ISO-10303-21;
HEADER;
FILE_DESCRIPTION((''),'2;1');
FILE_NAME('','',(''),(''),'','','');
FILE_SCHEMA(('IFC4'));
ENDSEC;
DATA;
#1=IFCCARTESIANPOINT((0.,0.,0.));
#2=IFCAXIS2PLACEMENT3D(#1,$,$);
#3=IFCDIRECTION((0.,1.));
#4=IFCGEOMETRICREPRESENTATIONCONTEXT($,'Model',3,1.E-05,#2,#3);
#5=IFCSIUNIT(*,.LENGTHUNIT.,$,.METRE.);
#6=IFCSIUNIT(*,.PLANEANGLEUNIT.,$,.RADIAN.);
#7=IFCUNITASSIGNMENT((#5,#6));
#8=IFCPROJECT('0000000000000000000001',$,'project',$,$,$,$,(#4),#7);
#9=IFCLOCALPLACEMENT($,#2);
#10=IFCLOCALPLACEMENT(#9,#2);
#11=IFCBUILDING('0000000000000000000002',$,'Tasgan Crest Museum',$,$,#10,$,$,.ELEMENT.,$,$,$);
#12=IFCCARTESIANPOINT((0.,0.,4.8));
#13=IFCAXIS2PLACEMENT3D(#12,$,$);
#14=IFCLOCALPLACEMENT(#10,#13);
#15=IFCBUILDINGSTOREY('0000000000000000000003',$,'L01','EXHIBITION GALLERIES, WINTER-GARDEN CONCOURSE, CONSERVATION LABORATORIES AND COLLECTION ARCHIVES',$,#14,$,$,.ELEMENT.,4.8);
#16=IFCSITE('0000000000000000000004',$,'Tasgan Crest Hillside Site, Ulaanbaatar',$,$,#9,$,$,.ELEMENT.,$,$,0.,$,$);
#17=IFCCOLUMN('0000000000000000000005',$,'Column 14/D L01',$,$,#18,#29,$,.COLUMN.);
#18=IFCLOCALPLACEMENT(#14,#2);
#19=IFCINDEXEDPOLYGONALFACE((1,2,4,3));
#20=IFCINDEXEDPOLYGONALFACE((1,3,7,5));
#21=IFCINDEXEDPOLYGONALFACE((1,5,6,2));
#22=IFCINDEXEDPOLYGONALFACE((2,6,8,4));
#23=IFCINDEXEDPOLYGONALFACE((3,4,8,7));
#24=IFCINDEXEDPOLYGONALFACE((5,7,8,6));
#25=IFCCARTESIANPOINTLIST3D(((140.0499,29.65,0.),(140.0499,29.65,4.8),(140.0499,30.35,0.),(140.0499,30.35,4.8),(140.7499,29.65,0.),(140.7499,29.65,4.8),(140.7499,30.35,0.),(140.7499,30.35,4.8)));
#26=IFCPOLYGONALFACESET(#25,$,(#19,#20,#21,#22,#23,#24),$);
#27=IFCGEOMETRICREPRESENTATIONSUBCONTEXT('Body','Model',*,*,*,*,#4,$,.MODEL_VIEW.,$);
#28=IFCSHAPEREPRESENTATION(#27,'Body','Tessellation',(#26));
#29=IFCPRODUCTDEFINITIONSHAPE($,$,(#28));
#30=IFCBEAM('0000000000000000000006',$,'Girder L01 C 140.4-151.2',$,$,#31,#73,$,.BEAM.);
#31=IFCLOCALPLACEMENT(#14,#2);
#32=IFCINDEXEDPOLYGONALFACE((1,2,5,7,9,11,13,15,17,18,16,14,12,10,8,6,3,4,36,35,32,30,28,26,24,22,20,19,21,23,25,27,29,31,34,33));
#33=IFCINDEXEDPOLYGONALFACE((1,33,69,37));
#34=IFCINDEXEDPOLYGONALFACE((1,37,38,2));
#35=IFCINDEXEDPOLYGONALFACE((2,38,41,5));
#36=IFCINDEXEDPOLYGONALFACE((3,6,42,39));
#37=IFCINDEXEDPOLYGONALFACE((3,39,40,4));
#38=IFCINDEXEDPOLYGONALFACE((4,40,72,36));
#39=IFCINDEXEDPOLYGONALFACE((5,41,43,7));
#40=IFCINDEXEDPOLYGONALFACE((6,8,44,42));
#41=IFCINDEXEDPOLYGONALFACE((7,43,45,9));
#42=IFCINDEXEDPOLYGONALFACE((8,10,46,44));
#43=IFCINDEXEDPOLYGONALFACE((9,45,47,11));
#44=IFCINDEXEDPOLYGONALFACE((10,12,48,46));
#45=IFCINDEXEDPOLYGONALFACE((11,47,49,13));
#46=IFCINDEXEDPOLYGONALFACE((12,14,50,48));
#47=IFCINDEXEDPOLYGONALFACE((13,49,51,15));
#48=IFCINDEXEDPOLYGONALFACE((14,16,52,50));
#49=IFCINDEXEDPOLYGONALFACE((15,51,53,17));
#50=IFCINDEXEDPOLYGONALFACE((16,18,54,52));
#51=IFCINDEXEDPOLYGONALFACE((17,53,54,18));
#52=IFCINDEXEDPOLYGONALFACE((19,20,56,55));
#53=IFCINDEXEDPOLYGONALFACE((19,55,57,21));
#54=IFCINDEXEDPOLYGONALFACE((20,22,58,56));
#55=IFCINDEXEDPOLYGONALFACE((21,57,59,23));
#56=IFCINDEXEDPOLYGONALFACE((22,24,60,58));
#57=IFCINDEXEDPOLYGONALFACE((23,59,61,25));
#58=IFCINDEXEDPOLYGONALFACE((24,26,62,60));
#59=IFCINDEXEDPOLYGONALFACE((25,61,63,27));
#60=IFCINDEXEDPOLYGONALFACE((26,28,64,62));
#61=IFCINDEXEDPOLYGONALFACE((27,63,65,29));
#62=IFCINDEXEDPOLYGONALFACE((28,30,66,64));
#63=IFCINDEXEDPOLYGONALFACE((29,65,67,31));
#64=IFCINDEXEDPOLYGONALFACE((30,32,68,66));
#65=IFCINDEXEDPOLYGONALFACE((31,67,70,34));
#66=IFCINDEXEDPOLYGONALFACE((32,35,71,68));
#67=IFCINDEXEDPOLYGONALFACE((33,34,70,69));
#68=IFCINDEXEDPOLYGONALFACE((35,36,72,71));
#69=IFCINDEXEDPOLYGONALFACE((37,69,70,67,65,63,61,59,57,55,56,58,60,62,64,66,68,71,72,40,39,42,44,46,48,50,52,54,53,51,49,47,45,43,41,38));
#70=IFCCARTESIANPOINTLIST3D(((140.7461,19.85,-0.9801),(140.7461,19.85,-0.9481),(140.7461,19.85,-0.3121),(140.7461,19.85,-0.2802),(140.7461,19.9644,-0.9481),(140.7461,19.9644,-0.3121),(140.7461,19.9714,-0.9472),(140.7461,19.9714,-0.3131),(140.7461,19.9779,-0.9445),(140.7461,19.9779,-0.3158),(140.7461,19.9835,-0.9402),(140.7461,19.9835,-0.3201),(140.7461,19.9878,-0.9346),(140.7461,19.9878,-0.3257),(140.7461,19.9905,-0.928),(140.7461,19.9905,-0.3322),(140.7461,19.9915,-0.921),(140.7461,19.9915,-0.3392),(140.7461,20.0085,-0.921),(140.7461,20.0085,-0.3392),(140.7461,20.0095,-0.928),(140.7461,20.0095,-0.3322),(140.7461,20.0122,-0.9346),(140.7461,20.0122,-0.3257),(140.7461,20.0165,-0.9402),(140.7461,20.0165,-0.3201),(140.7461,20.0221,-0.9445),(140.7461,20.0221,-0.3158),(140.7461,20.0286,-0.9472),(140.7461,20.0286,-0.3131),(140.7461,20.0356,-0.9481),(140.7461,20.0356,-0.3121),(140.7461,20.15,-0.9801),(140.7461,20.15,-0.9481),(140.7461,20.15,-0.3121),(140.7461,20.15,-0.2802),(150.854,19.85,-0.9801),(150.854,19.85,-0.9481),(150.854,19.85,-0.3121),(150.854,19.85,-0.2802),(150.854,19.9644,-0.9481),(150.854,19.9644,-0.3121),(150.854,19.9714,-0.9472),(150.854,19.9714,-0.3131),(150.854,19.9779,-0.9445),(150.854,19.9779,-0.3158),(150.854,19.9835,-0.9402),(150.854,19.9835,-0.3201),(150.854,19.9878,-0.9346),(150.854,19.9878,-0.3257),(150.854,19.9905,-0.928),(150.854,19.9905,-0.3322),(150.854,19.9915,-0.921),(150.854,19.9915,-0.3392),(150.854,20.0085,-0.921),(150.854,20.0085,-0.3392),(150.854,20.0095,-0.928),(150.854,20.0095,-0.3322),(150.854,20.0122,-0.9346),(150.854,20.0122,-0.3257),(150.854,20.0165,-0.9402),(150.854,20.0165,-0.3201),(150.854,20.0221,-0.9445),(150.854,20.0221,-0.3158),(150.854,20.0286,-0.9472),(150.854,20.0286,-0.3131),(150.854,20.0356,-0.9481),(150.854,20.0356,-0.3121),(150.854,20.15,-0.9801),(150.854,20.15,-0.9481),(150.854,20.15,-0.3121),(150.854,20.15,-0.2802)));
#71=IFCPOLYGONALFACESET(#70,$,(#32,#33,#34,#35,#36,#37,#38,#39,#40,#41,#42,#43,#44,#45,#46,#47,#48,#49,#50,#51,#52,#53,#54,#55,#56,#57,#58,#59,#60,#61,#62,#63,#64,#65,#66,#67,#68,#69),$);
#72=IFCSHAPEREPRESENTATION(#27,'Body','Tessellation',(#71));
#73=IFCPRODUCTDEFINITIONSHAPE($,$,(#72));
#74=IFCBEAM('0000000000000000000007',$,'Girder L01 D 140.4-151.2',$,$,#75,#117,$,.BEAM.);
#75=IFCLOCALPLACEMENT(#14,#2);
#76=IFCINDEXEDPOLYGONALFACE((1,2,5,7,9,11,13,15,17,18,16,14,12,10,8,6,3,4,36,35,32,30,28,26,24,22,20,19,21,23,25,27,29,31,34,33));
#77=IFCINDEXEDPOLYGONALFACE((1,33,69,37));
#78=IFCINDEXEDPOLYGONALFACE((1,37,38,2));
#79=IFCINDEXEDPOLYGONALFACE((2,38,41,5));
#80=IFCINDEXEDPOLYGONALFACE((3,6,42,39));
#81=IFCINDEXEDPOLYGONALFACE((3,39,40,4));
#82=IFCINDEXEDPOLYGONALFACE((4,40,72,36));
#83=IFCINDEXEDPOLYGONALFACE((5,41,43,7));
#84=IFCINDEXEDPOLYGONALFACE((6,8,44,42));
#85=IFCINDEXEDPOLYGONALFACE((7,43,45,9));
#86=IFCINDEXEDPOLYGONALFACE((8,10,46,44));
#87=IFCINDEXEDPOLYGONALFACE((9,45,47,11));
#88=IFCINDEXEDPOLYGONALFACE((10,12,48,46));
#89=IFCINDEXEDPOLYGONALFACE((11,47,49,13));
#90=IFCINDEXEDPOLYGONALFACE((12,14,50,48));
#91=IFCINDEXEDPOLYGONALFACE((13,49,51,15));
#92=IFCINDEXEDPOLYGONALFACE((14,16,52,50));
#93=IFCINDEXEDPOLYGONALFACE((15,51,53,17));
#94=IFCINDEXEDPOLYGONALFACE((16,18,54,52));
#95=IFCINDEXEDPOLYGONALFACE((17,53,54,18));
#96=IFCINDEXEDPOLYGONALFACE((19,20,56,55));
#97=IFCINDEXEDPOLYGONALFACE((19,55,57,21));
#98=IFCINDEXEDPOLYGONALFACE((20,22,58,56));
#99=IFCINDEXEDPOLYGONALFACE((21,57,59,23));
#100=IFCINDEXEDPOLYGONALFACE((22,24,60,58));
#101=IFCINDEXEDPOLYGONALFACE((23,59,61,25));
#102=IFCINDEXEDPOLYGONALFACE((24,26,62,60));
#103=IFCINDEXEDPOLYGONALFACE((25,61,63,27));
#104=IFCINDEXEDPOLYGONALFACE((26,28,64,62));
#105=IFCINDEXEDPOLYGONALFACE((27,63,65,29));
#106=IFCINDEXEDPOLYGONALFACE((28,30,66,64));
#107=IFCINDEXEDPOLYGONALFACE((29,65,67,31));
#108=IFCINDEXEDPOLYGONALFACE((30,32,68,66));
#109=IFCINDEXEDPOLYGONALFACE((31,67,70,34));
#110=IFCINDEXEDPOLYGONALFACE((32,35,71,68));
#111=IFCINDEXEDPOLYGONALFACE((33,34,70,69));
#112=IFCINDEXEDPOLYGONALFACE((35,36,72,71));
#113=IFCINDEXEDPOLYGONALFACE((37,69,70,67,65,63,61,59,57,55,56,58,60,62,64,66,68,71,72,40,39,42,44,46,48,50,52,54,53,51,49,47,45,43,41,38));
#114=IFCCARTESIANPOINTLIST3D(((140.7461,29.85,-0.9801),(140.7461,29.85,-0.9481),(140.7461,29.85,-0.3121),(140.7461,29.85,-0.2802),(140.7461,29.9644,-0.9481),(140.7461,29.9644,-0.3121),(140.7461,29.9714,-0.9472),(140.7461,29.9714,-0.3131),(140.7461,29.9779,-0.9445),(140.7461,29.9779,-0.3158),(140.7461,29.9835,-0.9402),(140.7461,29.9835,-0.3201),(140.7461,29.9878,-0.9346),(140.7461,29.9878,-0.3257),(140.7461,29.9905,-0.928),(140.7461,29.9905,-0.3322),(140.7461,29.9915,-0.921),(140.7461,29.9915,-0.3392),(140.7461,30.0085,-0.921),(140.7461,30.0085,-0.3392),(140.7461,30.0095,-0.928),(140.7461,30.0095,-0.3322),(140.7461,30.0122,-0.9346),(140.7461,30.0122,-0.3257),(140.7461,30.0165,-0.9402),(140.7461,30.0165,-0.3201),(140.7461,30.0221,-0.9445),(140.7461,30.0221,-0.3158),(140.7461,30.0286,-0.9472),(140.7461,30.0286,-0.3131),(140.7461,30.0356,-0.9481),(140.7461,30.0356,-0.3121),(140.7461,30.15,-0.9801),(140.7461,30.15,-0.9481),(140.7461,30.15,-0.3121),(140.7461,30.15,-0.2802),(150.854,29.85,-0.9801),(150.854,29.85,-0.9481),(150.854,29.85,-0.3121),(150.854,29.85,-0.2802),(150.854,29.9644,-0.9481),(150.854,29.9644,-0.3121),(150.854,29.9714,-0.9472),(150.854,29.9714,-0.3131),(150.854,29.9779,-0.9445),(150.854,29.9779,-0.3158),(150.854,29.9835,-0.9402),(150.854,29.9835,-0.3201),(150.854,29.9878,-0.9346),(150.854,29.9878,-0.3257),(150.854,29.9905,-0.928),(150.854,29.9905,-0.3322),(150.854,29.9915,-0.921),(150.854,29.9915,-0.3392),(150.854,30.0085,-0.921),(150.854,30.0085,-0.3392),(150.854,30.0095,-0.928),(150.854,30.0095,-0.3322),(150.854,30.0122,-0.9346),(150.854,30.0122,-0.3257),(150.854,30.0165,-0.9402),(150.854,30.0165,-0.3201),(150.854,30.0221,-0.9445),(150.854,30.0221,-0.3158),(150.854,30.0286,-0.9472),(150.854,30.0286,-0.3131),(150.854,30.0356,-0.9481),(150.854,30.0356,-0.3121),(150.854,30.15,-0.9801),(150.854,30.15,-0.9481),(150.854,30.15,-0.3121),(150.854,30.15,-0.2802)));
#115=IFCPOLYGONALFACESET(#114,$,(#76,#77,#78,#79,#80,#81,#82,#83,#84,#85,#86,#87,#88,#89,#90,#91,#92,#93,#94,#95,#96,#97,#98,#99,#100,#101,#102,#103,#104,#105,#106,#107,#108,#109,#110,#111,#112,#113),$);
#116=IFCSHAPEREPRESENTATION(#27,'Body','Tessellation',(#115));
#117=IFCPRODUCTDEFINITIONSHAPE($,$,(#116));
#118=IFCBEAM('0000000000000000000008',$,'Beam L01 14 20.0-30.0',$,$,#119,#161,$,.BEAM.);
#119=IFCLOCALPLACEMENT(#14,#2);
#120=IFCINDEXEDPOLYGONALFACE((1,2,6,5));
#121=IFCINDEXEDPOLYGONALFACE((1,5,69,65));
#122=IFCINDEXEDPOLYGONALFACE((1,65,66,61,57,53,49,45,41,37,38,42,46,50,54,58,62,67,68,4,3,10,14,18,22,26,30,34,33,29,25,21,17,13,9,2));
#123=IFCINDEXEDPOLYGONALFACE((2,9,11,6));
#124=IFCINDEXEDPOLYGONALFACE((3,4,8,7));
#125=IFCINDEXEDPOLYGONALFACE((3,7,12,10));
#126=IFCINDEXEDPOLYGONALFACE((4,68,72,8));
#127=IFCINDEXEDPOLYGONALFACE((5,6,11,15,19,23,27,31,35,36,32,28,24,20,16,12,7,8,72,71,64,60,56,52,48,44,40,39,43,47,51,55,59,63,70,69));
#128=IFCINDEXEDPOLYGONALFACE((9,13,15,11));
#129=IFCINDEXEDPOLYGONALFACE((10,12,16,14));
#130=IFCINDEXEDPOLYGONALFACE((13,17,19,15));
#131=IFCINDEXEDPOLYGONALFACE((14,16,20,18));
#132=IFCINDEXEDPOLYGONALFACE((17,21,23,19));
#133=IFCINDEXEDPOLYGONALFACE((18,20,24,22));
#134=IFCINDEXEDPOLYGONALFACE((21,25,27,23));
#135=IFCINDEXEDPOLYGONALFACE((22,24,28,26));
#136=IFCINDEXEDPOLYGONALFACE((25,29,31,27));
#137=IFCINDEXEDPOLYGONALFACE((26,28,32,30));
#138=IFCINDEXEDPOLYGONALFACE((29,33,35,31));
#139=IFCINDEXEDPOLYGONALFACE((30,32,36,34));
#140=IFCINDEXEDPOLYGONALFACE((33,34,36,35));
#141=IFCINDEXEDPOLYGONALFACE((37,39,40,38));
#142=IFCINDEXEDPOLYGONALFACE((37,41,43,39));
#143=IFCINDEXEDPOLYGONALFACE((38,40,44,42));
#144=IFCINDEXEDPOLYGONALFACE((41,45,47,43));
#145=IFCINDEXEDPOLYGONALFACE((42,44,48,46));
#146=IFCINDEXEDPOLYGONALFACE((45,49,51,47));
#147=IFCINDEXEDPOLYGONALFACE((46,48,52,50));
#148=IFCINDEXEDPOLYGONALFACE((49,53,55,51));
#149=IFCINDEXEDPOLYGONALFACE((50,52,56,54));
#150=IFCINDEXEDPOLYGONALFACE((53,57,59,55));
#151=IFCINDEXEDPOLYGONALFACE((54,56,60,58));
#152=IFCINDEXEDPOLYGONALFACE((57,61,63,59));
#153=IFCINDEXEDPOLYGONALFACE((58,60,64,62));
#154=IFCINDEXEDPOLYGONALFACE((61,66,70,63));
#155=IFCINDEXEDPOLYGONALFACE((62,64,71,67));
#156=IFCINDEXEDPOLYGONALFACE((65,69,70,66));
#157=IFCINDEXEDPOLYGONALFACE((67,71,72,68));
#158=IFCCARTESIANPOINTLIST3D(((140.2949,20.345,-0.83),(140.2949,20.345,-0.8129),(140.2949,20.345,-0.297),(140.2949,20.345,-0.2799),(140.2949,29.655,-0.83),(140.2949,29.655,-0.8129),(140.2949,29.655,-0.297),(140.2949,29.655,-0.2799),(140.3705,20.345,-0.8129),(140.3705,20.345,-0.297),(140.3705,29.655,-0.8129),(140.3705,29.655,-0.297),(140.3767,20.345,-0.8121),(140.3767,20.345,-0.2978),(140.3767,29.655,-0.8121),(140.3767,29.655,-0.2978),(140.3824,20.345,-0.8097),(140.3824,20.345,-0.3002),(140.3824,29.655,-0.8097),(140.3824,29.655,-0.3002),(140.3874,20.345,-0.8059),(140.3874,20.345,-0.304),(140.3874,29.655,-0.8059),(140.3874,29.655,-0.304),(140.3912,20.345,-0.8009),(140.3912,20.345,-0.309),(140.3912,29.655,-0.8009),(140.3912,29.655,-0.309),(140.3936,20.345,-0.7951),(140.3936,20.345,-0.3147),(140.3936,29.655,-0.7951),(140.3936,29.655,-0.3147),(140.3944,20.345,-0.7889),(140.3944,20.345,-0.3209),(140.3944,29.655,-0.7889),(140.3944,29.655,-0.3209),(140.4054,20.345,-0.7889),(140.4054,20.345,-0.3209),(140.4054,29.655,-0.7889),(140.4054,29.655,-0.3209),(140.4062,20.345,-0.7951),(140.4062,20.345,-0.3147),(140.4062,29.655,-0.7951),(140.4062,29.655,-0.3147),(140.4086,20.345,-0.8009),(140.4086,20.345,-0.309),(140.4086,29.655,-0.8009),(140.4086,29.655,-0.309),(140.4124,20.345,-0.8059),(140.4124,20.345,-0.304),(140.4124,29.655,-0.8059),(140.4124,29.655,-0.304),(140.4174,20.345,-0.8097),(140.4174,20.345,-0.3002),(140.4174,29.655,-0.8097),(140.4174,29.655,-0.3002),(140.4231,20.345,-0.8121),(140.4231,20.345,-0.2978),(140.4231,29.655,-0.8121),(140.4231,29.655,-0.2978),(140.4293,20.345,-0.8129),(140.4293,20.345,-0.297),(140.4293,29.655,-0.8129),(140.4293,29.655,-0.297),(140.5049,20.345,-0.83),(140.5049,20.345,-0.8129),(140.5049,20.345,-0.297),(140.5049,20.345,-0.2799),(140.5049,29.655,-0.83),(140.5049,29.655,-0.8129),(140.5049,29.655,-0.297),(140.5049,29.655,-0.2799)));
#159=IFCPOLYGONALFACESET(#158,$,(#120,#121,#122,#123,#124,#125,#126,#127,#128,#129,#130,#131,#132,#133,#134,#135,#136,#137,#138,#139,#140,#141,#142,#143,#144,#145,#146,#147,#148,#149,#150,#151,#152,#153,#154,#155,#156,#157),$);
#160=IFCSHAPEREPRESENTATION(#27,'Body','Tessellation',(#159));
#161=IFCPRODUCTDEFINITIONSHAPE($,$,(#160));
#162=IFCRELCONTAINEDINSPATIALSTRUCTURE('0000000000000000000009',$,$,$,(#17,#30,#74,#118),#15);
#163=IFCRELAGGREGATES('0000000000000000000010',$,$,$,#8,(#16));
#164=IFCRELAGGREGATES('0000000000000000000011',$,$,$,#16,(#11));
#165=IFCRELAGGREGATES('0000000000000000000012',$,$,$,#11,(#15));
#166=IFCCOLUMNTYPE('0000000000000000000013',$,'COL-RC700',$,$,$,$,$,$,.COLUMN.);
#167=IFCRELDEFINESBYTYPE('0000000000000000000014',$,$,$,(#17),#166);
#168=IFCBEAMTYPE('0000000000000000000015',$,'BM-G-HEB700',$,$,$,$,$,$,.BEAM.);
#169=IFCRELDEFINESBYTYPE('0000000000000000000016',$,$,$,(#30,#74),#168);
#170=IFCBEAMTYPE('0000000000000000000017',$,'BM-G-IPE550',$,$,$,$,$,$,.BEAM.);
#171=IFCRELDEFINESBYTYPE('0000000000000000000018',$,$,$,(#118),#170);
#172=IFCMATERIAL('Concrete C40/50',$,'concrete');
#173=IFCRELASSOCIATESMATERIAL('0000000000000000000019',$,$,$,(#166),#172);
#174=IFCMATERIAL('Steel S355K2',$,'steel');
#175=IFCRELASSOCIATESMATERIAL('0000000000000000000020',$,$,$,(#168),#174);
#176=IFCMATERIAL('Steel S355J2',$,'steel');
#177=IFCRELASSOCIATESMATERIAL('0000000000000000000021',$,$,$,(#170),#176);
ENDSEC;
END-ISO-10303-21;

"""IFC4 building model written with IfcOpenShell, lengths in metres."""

from ifc_helpers import new_model, si_unit, direction, frame, origin, origin_2d, place, context, subcontext, project, spatial, rectangle, i_section, extrude, material, material_profile, profile_set, type_object, element, save


model = new_model("IFC4")

# Units and contexts
model_context = context("Model", 3, precision=1e-05, world=origin(), true_north=direction((0.0, 1.0)))
body_context = subcontext(model_context, "Body", "Model", "MODEL_VIEW")
ifc_project = project(units=[si_unit("LENGTHUNIT", "METRE"), si_unit("PLANEANGLEUNIT", "RADIAN")], contexts=[model_context])

# Site, building, storey
site_placement = place(None, origin())
site = spatial("IfcSite", under=ifc_project, at=site_placement, Name="Tasgan Crest Hillside Site, Ulaanbaatar", CompositionType="ELEMENT", RefElevation=0.0)
building_placement = place(site_placement, origin())
building = spatial("IfcBuilding", under=site, at=building_placement, Name="Tasgan Crest Museum", CompositionType="ELEMENT")
storey_placement = place(building_placement, frame((0.0, 0.0, 4.8)))
storey = spatial("IfcBuildingStorey", under=building, at=storey_placement, Name="L01", Description="EXHIBITION GALLERIES, WINTER-GARDEN CONCOURSE, CONSERVATION LABORATORIES AND COLLECTION ARCHIVES", CompositionType="ELEMENT", Elevation=4.8)

# Column
ifc_material_1 = material(Name="Concrete C40/50", Category="concrete")
ifc_material_profile_1 = material_profile(ifc_material_1, rectangle(XDim=0.7, YDim=0.7, at=origin_2d()), Name="RC 700x700")
ifc_profile_set_1 = profile_set([ifc_material_profile_1], Name="Concrete C40/50")
column_type = type_object("IfcColumnType", Name="COL-RC700", PredefinedType="COLUMN", material=ifc_profile_set_1)
column_placement = place(storey_placement, frame((140.3999, 30.0, 0.0), z_axis=(0.0, 0.0, 1.0), x_axis=(1.0, 0.0, 0.0)))
element("IfcColumn", 1, at=column_placement, inside=storey, type_object=column_type, Name="Column 14/D L01", PredefinedType="COLUMN", context=body_context, shape_type="SweptSolid", body=[
    extrude(rectangle(XDim=0.7, YDim=0.7, at=origin_2d()), origin(), (0.0, 0.0, 1.0), 4.8),
])

# Beams
ifc_material_2 = material(Name="Steel S355K2", Category="steel")
ifc_material_profile_2 = material_profile(ifc_material_2, i_section(OverallWidth=0.3, OverallDepth=0.7, WebThickness=0.0171, FlangeThickness=0.032, FilletRadius=0.0271, at=origin_2d()), Name="HEB 700")
ifc_profile_set_2 = profile_set([ifc_material_profile_2], Name="Steel S355K2")
beam_type_1 = type_object("IfcBeamType", Name="BM-G-HEB700", PredefinedType="BEAM", material=ifc_profile_set_2)
for number, where, z_axis, x_axis, name in (
    (2, (140.7461, 20.0, -0.6301), (1.0, 0.0, 0.0), (0.0, 1.0, 0.0), "Girder L01 C 140.4-151.2"),
    (3, (140.7461, 30.0, -0.6301), (1.0, 0.0, 0.0), (0.0, 1.0, 0.0), "Girder L01 D 140.4-151.2"),
):
    element("IfcBeam", number, at=place(storey_placement, frame(where, z_axis=z_axis, x_axis=x_axis)), inside=storey, type_object=beam_type_1, Name=name, PredefinedType="BEAM", context=body_context, shape_type="SweptSolid", body=[
        extrude(i_section(OverallWidth=0.3, OverallDepth=0.7, WebThickness=0.0171, FlangeThickness=0.032, FilletRadius=0.0271, at=origin_2d()), origin(), (0.0, 0.0, 1.0), 10.1079),
    ])
ifc_material_3 = material(Name="Steel S355J2", Category="steel")
ifc_material_profile_3 = material_profile(ifc_material_3, i_section(OverallWidth=0.21, OverallDepth=0.55, WebThickness=0.011, FlangeThickness=0.0171, FilletRadius=0.0239, at=origin_2d()), Name="IPE 550")
ifc_profile_set_3 = profile_set([ifc_material_profile_3], Name="Steel S355J2")
beam_type_2 = type_object("IfcBeamType", Name="BM-G-IPE550", PredefinedType="BEAM", material=ifc_profile_set_3)
for number, where, z_axis, x_axis, name in (
    (4, (140.3999, 20.345, -0.5549), (0.0, 1.0, 0.0), (-1.0, 0.0, 0.0), "Beam L01 14 20.0-30.0"),
):
    element("IfcBeam", number, at=place(storey_placement, frame(where, z_axis=z_axis, x_axis=x_axis)), inside=storey, type_object=beam_type_2, Name=name, PredefinedType="BEAM", context=body_context, shape_type="SweptSolid", body=[
        extrude(i_section(OverallWidth=0.21, OverallDepth=0.55, WebThickness=0.011, FlangeThickness=0.0171, FilletRadius=0.0239, at=origin_2d()), origin(), (0.0, 0.0, 1.0), 9.3101),
    ])

save(model, "model.ifc")
